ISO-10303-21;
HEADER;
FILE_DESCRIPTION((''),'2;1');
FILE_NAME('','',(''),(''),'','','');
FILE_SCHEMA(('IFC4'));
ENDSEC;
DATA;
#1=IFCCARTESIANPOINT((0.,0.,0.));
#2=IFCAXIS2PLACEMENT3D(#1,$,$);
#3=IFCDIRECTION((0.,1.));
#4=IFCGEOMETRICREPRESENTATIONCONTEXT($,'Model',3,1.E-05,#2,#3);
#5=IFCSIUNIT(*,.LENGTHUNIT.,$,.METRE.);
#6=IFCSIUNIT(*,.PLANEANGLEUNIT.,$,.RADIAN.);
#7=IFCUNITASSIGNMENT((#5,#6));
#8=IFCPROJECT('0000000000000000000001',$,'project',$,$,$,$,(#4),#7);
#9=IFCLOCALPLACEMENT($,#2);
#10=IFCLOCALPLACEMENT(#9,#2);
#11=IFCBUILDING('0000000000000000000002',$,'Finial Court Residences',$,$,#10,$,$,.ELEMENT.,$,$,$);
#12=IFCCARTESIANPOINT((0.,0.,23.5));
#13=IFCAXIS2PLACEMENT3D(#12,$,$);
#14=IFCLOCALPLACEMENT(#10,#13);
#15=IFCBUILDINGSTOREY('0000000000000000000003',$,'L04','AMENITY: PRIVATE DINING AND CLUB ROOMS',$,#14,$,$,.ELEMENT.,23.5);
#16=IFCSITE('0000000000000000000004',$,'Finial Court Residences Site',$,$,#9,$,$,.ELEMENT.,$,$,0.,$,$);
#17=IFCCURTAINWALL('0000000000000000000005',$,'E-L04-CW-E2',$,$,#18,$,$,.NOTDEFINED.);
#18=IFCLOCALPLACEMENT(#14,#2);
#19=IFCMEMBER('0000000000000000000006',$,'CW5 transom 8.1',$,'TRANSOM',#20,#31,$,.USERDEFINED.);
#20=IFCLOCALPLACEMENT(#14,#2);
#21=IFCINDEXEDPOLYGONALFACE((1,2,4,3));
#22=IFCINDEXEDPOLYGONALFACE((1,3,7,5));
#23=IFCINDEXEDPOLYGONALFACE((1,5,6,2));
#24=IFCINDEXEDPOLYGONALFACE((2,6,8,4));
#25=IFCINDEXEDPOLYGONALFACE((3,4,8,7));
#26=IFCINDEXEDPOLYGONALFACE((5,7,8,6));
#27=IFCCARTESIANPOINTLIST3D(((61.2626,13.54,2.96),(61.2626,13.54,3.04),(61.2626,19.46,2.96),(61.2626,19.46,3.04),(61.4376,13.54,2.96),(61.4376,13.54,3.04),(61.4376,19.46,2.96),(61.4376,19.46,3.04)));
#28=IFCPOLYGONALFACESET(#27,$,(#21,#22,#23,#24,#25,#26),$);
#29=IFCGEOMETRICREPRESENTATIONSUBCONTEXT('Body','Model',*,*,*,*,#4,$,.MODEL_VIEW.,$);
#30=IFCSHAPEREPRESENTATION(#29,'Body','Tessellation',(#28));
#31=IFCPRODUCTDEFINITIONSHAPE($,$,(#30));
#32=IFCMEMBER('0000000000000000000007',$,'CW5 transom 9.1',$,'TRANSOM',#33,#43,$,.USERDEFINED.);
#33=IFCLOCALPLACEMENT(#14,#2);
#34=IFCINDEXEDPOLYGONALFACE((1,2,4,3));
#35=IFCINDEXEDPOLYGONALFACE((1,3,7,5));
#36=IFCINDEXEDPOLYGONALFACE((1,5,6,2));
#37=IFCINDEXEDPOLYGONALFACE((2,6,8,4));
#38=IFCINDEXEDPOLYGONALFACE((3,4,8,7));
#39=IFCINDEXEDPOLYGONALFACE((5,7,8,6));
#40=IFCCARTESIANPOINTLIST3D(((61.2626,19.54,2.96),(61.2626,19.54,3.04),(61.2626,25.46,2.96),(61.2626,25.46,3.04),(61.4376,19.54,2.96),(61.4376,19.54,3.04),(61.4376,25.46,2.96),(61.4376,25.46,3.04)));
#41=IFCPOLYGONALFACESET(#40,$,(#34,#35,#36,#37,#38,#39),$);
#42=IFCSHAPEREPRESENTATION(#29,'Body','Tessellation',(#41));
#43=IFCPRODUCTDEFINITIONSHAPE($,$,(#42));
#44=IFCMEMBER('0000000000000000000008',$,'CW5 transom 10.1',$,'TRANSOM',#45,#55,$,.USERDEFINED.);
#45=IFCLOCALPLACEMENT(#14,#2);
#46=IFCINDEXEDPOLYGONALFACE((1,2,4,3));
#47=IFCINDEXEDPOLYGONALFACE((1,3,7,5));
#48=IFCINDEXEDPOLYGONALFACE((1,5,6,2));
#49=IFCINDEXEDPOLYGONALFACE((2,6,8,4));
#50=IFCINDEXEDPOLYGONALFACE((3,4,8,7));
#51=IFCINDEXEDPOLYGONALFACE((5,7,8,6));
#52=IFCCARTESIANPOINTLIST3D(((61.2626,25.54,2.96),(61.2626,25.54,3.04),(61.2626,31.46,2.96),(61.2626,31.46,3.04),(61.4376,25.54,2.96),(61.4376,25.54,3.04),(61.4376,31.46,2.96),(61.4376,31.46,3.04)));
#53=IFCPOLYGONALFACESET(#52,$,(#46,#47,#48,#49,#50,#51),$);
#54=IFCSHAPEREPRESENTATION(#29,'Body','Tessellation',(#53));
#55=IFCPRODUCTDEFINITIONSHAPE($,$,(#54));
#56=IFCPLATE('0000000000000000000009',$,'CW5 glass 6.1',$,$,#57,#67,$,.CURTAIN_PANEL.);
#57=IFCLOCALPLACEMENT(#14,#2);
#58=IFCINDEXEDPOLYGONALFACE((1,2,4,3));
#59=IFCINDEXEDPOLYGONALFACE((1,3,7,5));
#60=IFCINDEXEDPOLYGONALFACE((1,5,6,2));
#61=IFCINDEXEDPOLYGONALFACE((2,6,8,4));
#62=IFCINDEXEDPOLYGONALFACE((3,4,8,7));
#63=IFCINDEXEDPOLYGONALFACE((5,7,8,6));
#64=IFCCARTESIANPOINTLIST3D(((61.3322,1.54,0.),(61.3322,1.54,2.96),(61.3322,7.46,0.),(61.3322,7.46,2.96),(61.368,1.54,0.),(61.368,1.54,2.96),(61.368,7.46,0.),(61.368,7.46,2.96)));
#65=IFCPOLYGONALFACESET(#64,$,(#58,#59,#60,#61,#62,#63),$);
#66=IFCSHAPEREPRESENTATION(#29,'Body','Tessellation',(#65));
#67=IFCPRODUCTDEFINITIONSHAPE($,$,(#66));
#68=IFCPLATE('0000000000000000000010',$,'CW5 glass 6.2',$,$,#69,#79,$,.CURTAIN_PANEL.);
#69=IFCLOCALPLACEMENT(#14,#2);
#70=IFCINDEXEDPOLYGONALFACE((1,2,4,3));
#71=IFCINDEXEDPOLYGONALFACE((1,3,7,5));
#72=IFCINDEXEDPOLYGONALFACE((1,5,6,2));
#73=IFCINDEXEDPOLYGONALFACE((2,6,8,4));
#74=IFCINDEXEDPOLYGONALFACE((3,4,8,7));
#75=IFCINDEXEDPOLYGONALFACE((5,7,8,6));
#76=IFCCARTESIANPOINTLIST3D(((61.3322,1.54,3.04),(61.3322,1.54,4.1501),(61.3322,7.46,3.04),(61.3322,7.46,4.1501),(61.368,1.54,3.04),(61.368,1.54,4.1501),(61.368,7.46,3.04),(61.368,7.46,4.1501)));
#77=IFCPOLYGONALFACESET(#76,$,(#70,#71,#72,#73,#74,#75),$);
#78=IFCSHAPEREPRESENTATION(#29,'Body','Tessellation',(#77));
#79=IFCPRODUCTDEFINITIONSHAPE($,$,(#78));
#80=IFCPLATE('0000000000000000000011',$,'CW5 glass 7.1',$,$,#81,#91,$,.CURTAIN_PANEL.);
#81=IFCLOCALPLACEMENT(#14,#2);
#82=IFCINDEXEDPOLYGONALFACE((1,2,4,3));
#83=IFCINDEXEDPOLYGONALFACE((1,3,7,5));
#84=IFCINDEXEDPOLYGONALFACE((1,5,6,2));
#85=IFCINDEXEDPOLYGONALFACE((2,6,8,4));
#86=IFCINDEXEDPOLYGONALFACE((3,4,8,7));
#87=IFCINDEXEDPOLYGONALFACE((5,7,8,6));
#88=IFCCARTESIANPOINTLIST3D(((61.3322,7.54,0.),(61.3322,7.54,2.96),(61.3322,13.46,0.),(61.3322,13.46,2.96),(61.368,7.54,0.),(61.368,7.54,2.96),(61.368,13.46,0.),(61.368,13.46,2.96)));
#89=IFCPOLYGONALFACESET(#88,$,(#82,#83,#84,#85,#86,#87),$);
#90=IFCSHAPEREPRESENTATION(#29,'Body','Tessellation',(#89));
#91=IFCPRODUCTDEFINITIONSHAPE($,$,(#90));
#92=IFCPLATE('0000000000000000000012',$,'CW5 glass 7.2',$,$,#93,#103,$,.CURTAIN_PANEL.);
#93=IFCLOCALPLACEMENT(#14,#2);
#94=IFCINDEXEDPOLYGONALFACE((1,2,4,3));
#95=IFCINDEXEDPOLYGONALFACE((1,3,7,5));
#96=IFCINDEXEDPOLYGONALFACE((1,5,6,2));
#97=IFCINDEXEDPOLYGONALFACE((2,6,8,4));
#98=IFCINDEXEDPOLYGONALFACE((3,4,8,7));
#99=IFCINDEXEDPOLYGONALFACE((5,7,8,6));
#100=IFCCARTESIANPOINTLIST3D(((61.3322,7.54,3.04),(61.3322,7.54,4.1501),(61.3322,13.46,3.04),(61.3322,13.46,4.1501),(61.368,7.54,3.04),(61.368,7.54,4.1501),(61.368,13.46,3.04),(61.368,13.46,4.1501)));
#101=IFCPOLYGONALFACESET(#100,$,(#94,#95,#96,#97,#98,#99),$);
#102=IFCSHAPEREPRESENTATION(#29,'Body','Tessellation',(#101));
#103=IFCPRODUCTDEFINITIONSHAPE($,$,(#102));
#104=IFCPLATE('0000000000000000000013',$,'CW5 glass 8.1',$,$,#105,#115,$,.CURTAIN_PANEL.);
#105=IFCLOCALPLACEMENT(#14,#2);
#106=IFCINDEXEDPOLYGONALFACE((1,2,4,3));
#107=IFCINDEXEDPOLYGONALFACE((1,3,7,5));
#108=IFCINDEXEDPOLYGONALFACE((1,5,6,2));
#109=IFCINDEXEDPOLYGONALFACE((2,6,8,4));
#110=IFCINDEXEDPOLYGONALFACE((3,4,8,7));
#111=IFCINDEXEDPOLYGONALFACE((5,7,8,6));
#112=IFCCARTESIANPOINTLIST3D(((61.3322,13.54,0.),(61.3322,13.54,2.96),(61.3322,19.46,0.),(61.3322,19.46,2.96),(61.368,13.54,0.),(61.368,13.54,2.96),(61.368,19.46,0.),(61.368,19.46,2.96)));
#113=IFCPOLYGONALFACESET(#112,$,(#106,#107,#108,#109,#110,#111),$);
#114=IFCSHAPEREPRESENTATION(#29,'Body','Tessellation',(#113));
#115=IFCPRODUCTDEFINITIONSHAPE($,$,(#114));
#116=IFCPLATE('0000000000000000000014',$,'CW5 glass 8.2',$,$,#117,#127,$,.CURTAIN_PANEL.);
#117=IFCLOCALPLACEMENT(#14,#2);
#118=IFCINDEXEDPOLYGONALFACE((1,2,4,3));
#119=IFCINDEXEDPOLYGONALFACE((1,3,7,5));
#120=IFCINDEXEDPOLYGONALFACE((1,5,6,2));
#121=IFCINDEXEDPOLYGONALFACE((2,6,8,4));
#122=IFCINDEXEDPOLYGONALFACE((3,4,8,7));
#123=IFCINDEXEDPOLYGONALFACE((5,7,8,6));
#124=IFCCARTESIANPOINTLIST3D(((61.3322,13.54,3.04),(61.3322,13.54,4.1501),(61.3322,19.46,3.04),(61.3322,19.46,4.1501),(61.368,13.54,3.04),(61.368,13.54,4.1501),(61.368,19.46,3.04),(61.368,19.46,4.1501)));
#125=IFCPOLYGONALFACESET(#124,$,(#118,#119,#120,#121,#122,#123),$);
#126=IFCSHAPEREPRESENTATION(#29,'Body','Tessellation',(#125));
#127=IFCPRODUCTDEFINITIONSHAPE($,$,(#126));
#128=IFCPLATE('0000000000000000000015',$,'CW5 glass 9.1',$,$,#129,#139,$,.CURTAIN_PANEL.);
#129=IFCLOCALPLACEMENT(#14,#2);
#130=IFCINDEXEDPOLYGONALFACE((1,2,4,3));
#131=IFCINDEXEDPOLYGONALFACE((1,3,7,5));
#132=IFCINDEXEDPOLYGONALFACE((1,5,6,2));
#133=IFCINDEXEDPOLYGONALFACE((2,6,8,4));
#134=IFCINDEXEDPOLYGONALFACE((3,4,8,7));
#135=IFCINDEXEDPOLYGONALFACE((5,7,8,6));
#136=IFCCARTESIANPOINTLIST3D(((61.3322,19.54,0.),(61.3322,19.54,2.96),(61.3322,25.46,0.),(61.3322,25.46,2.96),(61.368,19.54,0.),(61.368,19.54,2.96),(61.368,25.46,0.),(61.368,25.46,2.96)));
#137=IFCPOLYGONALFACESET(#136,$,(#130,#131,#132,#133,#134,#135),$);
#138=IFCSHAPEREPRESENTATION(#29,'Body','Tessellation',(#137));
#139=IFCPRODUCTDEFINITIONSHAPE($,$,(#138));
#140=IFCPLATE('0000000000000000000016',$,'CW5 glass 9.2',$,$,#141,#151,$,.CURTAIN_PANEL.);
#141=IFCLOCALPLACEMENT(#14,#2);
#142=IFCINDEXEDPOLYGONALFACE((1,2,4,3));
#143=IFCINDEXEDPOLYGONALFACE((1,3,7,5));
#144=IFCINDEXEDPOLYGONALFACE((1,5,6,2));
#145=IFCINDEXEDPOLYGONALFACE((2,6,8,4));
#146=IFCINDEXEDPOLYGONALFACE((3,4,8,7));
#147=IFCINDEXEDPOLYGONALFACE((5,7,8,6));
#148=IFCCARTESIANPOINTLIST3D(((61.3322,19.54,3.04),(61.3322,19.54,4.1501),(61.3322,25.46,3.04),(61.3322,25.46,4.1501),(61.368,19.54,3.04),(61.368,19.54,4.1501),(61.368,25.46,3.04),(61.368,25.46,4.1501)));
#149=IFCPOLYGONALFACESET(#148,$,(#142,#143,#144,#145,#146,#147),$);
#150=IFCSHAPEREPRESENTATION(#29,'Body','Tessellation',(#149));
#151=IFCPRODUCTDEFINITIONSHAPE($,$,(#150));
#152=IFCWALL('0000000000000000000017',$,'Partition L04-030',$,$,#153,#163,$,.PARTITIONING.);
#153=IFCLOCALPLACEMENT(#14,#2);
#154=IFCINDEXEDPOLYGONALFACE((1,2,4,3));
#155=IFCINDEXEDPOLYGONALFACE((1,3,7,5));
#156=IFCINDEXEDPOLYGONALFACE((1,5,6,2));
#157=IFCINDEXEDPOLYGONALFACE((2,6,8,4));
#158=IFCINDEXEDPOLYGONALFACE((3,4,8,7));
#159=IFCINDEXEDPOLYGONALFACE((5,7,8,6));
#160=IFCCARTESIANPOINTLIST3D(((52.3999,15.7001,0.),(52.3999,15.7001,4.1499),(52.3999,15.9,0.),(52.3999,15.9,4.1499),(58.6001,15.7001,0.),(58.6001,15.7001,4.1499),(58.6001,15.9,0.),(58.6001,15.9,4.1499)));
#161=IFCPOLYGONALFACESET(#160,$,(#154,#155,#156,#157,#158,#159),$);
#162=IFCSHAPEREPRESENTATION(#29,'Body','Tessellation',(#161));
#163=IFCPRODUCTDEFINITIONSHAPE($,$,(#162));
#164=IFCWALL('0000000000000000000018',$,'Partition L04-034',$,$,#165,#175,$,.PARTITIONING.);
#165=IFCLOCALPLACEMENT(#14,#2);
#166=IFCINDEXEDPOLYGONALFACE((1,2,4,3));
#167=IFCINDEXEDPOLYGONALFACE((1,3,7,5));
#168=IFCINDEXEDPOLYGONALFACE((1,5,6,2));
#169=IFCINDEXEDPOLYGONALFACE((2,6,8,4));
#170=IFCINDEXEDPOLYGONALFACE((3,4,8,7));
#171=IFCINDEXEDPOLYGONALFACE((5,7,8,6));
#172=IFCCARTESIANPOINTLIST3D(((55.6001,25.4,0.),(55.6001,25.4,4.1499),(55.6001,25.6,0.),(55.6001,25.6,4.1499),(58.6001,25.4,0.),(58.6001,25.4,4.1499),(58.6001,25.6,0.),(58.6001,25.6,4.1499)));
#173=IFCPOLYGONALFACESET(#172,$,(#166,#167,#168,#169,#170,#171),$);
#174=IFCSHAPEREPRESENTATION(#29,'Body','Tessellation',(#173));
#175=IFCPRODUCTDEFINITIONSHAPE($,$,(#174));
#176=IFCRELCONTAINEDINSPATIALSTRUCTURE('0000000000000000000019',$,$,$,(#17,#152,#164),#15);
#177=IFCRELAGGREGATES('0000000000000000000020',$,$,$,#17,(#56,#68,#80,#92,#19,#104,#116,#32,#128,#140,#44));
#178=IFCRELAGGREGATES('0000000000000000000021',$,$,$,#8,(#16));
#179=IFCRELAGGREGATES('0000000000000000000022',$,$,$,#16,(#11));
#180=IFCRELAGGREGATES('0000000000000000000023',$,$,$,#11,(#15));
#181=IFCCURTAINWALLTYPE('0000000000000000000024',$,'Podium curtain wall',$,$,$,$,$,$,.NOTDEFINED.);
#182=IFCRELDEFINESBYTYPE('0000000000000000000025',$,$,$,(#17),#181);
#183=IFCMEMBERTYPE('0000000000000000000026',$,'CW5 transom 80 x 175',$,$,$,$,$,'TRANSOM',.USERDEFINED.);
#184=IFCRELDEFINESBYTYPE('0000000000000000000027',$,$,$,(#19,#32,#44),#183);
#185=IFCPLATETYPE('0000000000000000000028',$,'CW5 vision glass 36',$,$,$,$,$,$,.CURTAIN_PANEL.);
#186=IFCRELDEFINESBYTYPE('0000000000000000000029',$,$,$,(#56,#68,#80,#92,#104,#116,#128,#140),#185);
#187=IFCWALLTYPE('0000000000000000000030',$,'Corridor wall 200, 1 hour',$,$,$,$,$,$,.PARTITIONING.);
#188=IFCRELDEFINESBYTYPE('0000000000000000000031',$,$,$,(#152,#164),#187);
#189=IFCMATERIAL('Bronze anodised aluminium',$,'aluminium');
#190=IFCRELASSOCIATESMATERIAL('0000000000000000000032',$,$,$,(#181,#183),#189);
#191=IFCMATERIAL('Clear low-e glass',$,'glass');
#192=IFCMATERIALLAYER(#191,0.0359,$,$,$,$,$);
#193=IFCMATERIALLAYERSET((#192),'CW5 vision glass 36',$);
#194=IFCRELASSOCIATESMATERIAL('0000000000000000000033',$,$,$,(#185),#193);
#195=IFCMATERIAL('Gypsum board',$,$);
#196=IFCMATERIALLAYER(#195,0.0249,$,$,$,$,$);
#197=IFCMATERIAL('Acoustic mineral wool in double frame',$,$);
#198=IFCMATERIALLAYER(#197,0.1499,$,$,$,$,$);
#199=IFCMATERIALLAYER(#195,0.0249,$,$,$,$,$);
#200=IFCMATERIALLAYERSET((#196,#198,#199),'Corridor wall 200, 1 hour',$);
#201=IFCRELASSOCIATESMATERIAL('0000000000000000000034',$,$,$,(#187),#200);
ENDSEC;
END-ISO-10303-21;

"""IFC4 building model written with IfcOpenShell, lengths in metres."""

from ifc_helpers import new_model, si_unit, direction, frame, frame_2d, origin, origin_2d, place, context, subcontext, project, spatial, rectangle, extrude, material, layer, layer_set, material_profile, profile_set, type_object, element, aggregate, save


model = new_model("IFC4")

# Units and contexts
model_context = context("Model", 3, precision=1e-05, world=origin(), true_north=direction((0.0, 1.0)))
body_context = subcontext(model_context, "Body", "Model", "MODEL_VIEW")
ifc_project = project(units=[si_unit("LENGTHUNIT", "METRE"), si_unit("PLANEANGLEUNIT", "RADIAN")], contexts=[model_context])

# Site, building, storey
site_placement = place(None, origin())
site = spatial("IfcSite", under=ifc_project, at=site_placement, Name="Finial Court Residences Site", CompositionType="ELEMENT", RefElevation=0.0)
building_placement = place(site_placement, origin())
building = spatial("IfcBuilding", under=site, at=building_placement, Name="Finial Court Residences", CompositionType="ELEMENT")
storey_placement = place(building_placement, frame((0.0, 0.0, 23.5)))
storey = spatial("IfcBuildingStorey", under=building, at=storey_placement, Name="L04", Description="AMENITY: PRIVATE DINING AND CLUB ROOMS", CompositionType="ELEMENT", Elevation=23.5)

# Curtain wall, members, plates
ifc_material_1 = material(Name="Bronze anodised aluminium", Category="aluminium")
curtain_wall_type = type_object("IfcCurtainWallType", Name="Podium curtain wall", PredefinedType="NOTDEFINED", material=ifc_material_1)
curtain_wall_placement = place(storey_placement, origin())
curtain_wall = element("IfcCurtainWall", 1, at=curtain_wall_placement, inside=storey, type_object=curtain_wall_type, Name="E-L04-CW-E2", PredefinedType="NOTDEFINED")
ifc_material_profile_1 = material_profile(ifc_material_1, rectangle(XDim=0.175, YDim=0.0801, at=origin_2d()), Name="CW5 transom 80 x 175")
ifc_profile_set_1 = profile_set([ifc_material_profile_1], Name="Bronze anodised aluminium")
member_type_1 = type_object("IfcMemberType", Name="CW5 transom 80 x 175", ElementType="TRANSOM", PredefinedType="USERDEFINED", material=ifc_profile_set_1)
member_1_placement = place(storey_placement, frame((61.3501, 13.54, 3.0), z_axis=(0.0, 1.0, 0.0), x_axis=(-1.0, 0.0, 0.0)))
member_1 = element("IfcMember", 2, at=member_1_placement, type_object=member_type_1, Name="CW5 transom 8.1", ObjectType="TRANSOM", PredefinedType="USERDEFINED", context=body_context, shape_type="SweptSolid", body=[
    extrude(rectangle(XDim=0.175, YDim=0.0801, at=origin_2d()), origin(), (0.0, 0.0, 1.0), 5.9199),
])
member_2_placement = place(storey_placement, frame((61.3501, 19.54, 3.0), z_axis=(0.0, 1.0, 0.0), x_axis=(-1.0, 0.0, 0.0)))
member_2 = element("IfcMember", 3, at=member_2_placement, type_object=member_type_1, Name="CW5 transom 9.1", ObjectType="TRANSOM", PredefinedType="USERDEFINED", context=body_context, shape_type="SweptSolid", body=[
    extrude(rectangle(XDim=0.175, YDim=0.0801, at=origin_2d()), origin(), (0.0, 0.0, 1.0), 5.9199),
])
member_3_placement = place(storey_placement, frame((61.3501, 25.54, 3.0), z_axis=(0.0, 1.0, 0.0), x_axis=(-1.0, 0.0, 0.0)))
member_3 = element("IfcMember", 4, at=member_3_placement, type_object=member_type_1, Name="CW5 transom 10.1", ObjectType="TRANSOM", PredefinedType="USERDEFINED", context=body_context, shape_type="SweptSolid", body=[
    extrude(rectangle(XDim=0.175, YDim=0.0801, at=origin_2d()), origin(), (0.0, 0.0, 1.0), 5.9199),
])
ifc_material_2 = material(Name="Clear low-e glass", Category="glass")
ifc_layer_1 = layer(ifc_material_2, 0.0359)
ifc_layer_set_1 = layer_set([ifc_layer_1], Name="CW5 vision glass 36")
plate_type = type_object("IfcPlateType", Name="CW5 vision glass 36", PredefinedType="CURTAIN_PANEL", material=ifc_layer_set_1)
plate_1_placement = place(storey_placement, frame((61.3501, 4.5, 0.0), z_axis=(0.0, 0.0, 1.0), x_axis=(0.0, 1.0, 0.0)))
plate_1 = element("IfcPlate", 5, at=plate_1_placement, type_object=plate_type, Name="CW5 glass 6.1", PredefinedType="CURTAIN_PANEL", context=body_context, shape_type="SweptSolid", body=[
    extrude(rectangle(XDim=5.9199, YDim=0.0359, at=origin_2d()), origin(), (0.0, 0.0, 1.0), 2.96),
])
plate_2_placement = place(storey_placement, frame((61.3501, 4.5, 3.04), z_axis=(0.0, 0.0, 1.0), x_axis=(0.0, 1.0, 0.0)))
plate_2 = element("IfcPlate", 6, at=plate_2_placement, type_object=plate_type, Name="CW5 glass 6.2", PredefinedType="CURTAIN_PANEL", context=body_context, shape_type="SweptSolid", body=[
    extrude(rectangle(XDim=5.9199, YDim=0.0359, at=origin_2d()), origin(), (0.0, 0.0, 1.0), 1.1101),
])
plate_3_placement = place(storey_placement, frame((61.3501, 10.5, 0.0), z_axis=(0.0, 0.0, 1.0), x_axis=(0.0, 1.0, 0.0)))
plate_3 = element("IfcPlate", 7, at=plate_3_placement, type_object=plate_type, Name="CW5 glass 7.1", PredefinedType="CURTAIN_PANEL", context=body_context, shape_type="SweptSolid", body=[
    extrude(rectangle(XDim=5.9199, YDim=0.0359, at=origin_2d()), origin(), (0.0, 0.0, 1.0), 2.96),
])
plate_4_placement = place(storey_placement, frame((61.3501, 10.5, 3.04), z_axis=(0.0, 0.0, 1.0), x_axis=(0.0, 1.0, 0.0)))
plate_4 = element("IfcPlate", 8, at=plate_4_placement, type_object=plate_type, Name="CW5 glass 7.2", PredefinedType="CURTAIN_PANEL", context=body_context, shape_type="SweptSolid", body=[
    extrude(rectangle(XDim=5.9199, YDim=0.0359, at=origin_2d()), origin(), (0.0, 0.0, 1.0), 1.1101),
])
plate_5_placement = place(storey_placement, frame((61.3501, 16.5, 0.0), z_axis=(0.0, 0.0, 1.0), x_axis=(0.0, 1.0, 0.0)))
plate_5 = element("IfcPlate", 9, at=plate_5_placement, type_object=plate_type, Name="CW5 glass 8.1", PredefinedType="CURTAIN_PANEL", context=body_context, shape_type="SweptSolid", body=[
    extrude(rectangle(XDim=5.9199, YDim=0.0359, at=origin_2d()), origin(), (0.0, 0.0, 1.0), 2.96),
])
plate_6_placement = place(storey_placement, frame((61.3501, 16.5, 3.04), z_axis=(0.0, 0.0, 1.0), x_axis=(0.0, 1.0, 0.0)))
plate_6 = element("IfcPlate", 10, at=plate_6_placement, type_object=plate_type, Name="CW5 glass 8.2", PredefinedType="CURTAIN_PANEL", context=body_context, shape_type="SweptSolid", body=[
    extrude(rectangle(XDim=5.9199, YDim=0.0359, at=origin_2d()), origin(), (0.0, 0.0, 1.0), 1.1101),
])
plate_7_placement = place(storey_placement, frame((61.3501, 22.5, 0.0), z_axis=(0.0, 0.0, 1.0), x_axis=(0.0, 1.0, 0.0)))
plate_7 = element("IfcPlate", 11, at=plate_7_placement, type_object=plate_type, Name="CW5 glass 9.1", PredefinedType="CURTAIN_PANEL", context=body_context, shape_type="SweptSolid", body=[
    extrude(rectangle(XDim=5.9199, YDim=0.0359, at=origin_2d()), origin(), (0.0, 0.0, 1.0), 2.96),
])
plate_8_placement = place(storey_placement, frame((61.3501, 22.5, 3.04), z_axis=(0.0, 0.0, 1.0), x_axis=(0.0, 1.0, 0.0)))
plate_8 = element("IfcPlate", 12, at=plate_8_placement, type_object=plate_type, Name="CW5 glass 9.2", PredefinedType="CURTAIN_PANEL", context=body_context, shape_type="SweptSolid", body=[
    extrude(rectangle(XDim=5.9199, YDim=0.0359, at=origin_2d()), origin(), (0.0, 0.0, 1.0), 1.1101),
])
aggregate(curtain_wall, [plate_1, plate_2, plate_3, plate_4, member_1, plate_5, plate_6, member_2, plate_7, plate_8, member_3])

# Walls
ifc_material_3 = material(Name="Gypsum board")
ifc_layer_2 = layer(ifc_material_3, 0.0249)
ifc_material_4 = material(Name="Acoustic mineral wool in double frame")
ifc_layer_3 = layer(ifc_material_4, 0.1499)
ifc_layer_4 = layer(ifc_material_3, 0.0249)
ifc_layer_set_2 = layer_set([ifc_layer_2, ifc_layer_3, ifc_layer_4], Name="Corridor wall 200, 1 hour")
wall_type_1 = type_object("IfcWallType", Name="Corridor wall 200, 1 hour", PredefinedType="PARTITIONING", material=ifc_layer_set_2)
wall_1_placement = place(storey_placement, frame((52.3999, 15.8, 0.0), z_axis=(0.0, 0.0, 1.0), x_axis=(1.0, 0.0, 0.0)))
element("IfcWall", 13, at=wall_1_placement, inside=storey, type_object=wall_type_1, Name="Partition L04-030", PredefinedType="PARTITIONING", context=body_context, shape_type="SweptSolid", body=[
    extrude(rectangle(XDim=6.2002, YDim=0.2, at=frame_2d((3.1001, 0.0))), origin(), (0.0, 0.0, 1.0), 4.1499),
])
wall_2_placement = place(storey_placement, frame((55.6001, 25.5, 0.0), z_axis=(0.0, 0.0, 1.0), x_axis=(1.0, 0.0, 0.0)))
element("IfcWall", 14, at=wall_2_placement, inside=storey, type_object=wall_type_1, Name="Partition L04-034", PredefinedType="PARTITIONING", context=body_context, shape_type="SweptSolid", body=[
    extrude(rectangle(XDim=3.0, YDim=0.2, at=frame_2d((1.5, 0.0))), origin(), (0.0, 0.0, 1.0), 4.1499),
])

save(model, "model.ifc")
